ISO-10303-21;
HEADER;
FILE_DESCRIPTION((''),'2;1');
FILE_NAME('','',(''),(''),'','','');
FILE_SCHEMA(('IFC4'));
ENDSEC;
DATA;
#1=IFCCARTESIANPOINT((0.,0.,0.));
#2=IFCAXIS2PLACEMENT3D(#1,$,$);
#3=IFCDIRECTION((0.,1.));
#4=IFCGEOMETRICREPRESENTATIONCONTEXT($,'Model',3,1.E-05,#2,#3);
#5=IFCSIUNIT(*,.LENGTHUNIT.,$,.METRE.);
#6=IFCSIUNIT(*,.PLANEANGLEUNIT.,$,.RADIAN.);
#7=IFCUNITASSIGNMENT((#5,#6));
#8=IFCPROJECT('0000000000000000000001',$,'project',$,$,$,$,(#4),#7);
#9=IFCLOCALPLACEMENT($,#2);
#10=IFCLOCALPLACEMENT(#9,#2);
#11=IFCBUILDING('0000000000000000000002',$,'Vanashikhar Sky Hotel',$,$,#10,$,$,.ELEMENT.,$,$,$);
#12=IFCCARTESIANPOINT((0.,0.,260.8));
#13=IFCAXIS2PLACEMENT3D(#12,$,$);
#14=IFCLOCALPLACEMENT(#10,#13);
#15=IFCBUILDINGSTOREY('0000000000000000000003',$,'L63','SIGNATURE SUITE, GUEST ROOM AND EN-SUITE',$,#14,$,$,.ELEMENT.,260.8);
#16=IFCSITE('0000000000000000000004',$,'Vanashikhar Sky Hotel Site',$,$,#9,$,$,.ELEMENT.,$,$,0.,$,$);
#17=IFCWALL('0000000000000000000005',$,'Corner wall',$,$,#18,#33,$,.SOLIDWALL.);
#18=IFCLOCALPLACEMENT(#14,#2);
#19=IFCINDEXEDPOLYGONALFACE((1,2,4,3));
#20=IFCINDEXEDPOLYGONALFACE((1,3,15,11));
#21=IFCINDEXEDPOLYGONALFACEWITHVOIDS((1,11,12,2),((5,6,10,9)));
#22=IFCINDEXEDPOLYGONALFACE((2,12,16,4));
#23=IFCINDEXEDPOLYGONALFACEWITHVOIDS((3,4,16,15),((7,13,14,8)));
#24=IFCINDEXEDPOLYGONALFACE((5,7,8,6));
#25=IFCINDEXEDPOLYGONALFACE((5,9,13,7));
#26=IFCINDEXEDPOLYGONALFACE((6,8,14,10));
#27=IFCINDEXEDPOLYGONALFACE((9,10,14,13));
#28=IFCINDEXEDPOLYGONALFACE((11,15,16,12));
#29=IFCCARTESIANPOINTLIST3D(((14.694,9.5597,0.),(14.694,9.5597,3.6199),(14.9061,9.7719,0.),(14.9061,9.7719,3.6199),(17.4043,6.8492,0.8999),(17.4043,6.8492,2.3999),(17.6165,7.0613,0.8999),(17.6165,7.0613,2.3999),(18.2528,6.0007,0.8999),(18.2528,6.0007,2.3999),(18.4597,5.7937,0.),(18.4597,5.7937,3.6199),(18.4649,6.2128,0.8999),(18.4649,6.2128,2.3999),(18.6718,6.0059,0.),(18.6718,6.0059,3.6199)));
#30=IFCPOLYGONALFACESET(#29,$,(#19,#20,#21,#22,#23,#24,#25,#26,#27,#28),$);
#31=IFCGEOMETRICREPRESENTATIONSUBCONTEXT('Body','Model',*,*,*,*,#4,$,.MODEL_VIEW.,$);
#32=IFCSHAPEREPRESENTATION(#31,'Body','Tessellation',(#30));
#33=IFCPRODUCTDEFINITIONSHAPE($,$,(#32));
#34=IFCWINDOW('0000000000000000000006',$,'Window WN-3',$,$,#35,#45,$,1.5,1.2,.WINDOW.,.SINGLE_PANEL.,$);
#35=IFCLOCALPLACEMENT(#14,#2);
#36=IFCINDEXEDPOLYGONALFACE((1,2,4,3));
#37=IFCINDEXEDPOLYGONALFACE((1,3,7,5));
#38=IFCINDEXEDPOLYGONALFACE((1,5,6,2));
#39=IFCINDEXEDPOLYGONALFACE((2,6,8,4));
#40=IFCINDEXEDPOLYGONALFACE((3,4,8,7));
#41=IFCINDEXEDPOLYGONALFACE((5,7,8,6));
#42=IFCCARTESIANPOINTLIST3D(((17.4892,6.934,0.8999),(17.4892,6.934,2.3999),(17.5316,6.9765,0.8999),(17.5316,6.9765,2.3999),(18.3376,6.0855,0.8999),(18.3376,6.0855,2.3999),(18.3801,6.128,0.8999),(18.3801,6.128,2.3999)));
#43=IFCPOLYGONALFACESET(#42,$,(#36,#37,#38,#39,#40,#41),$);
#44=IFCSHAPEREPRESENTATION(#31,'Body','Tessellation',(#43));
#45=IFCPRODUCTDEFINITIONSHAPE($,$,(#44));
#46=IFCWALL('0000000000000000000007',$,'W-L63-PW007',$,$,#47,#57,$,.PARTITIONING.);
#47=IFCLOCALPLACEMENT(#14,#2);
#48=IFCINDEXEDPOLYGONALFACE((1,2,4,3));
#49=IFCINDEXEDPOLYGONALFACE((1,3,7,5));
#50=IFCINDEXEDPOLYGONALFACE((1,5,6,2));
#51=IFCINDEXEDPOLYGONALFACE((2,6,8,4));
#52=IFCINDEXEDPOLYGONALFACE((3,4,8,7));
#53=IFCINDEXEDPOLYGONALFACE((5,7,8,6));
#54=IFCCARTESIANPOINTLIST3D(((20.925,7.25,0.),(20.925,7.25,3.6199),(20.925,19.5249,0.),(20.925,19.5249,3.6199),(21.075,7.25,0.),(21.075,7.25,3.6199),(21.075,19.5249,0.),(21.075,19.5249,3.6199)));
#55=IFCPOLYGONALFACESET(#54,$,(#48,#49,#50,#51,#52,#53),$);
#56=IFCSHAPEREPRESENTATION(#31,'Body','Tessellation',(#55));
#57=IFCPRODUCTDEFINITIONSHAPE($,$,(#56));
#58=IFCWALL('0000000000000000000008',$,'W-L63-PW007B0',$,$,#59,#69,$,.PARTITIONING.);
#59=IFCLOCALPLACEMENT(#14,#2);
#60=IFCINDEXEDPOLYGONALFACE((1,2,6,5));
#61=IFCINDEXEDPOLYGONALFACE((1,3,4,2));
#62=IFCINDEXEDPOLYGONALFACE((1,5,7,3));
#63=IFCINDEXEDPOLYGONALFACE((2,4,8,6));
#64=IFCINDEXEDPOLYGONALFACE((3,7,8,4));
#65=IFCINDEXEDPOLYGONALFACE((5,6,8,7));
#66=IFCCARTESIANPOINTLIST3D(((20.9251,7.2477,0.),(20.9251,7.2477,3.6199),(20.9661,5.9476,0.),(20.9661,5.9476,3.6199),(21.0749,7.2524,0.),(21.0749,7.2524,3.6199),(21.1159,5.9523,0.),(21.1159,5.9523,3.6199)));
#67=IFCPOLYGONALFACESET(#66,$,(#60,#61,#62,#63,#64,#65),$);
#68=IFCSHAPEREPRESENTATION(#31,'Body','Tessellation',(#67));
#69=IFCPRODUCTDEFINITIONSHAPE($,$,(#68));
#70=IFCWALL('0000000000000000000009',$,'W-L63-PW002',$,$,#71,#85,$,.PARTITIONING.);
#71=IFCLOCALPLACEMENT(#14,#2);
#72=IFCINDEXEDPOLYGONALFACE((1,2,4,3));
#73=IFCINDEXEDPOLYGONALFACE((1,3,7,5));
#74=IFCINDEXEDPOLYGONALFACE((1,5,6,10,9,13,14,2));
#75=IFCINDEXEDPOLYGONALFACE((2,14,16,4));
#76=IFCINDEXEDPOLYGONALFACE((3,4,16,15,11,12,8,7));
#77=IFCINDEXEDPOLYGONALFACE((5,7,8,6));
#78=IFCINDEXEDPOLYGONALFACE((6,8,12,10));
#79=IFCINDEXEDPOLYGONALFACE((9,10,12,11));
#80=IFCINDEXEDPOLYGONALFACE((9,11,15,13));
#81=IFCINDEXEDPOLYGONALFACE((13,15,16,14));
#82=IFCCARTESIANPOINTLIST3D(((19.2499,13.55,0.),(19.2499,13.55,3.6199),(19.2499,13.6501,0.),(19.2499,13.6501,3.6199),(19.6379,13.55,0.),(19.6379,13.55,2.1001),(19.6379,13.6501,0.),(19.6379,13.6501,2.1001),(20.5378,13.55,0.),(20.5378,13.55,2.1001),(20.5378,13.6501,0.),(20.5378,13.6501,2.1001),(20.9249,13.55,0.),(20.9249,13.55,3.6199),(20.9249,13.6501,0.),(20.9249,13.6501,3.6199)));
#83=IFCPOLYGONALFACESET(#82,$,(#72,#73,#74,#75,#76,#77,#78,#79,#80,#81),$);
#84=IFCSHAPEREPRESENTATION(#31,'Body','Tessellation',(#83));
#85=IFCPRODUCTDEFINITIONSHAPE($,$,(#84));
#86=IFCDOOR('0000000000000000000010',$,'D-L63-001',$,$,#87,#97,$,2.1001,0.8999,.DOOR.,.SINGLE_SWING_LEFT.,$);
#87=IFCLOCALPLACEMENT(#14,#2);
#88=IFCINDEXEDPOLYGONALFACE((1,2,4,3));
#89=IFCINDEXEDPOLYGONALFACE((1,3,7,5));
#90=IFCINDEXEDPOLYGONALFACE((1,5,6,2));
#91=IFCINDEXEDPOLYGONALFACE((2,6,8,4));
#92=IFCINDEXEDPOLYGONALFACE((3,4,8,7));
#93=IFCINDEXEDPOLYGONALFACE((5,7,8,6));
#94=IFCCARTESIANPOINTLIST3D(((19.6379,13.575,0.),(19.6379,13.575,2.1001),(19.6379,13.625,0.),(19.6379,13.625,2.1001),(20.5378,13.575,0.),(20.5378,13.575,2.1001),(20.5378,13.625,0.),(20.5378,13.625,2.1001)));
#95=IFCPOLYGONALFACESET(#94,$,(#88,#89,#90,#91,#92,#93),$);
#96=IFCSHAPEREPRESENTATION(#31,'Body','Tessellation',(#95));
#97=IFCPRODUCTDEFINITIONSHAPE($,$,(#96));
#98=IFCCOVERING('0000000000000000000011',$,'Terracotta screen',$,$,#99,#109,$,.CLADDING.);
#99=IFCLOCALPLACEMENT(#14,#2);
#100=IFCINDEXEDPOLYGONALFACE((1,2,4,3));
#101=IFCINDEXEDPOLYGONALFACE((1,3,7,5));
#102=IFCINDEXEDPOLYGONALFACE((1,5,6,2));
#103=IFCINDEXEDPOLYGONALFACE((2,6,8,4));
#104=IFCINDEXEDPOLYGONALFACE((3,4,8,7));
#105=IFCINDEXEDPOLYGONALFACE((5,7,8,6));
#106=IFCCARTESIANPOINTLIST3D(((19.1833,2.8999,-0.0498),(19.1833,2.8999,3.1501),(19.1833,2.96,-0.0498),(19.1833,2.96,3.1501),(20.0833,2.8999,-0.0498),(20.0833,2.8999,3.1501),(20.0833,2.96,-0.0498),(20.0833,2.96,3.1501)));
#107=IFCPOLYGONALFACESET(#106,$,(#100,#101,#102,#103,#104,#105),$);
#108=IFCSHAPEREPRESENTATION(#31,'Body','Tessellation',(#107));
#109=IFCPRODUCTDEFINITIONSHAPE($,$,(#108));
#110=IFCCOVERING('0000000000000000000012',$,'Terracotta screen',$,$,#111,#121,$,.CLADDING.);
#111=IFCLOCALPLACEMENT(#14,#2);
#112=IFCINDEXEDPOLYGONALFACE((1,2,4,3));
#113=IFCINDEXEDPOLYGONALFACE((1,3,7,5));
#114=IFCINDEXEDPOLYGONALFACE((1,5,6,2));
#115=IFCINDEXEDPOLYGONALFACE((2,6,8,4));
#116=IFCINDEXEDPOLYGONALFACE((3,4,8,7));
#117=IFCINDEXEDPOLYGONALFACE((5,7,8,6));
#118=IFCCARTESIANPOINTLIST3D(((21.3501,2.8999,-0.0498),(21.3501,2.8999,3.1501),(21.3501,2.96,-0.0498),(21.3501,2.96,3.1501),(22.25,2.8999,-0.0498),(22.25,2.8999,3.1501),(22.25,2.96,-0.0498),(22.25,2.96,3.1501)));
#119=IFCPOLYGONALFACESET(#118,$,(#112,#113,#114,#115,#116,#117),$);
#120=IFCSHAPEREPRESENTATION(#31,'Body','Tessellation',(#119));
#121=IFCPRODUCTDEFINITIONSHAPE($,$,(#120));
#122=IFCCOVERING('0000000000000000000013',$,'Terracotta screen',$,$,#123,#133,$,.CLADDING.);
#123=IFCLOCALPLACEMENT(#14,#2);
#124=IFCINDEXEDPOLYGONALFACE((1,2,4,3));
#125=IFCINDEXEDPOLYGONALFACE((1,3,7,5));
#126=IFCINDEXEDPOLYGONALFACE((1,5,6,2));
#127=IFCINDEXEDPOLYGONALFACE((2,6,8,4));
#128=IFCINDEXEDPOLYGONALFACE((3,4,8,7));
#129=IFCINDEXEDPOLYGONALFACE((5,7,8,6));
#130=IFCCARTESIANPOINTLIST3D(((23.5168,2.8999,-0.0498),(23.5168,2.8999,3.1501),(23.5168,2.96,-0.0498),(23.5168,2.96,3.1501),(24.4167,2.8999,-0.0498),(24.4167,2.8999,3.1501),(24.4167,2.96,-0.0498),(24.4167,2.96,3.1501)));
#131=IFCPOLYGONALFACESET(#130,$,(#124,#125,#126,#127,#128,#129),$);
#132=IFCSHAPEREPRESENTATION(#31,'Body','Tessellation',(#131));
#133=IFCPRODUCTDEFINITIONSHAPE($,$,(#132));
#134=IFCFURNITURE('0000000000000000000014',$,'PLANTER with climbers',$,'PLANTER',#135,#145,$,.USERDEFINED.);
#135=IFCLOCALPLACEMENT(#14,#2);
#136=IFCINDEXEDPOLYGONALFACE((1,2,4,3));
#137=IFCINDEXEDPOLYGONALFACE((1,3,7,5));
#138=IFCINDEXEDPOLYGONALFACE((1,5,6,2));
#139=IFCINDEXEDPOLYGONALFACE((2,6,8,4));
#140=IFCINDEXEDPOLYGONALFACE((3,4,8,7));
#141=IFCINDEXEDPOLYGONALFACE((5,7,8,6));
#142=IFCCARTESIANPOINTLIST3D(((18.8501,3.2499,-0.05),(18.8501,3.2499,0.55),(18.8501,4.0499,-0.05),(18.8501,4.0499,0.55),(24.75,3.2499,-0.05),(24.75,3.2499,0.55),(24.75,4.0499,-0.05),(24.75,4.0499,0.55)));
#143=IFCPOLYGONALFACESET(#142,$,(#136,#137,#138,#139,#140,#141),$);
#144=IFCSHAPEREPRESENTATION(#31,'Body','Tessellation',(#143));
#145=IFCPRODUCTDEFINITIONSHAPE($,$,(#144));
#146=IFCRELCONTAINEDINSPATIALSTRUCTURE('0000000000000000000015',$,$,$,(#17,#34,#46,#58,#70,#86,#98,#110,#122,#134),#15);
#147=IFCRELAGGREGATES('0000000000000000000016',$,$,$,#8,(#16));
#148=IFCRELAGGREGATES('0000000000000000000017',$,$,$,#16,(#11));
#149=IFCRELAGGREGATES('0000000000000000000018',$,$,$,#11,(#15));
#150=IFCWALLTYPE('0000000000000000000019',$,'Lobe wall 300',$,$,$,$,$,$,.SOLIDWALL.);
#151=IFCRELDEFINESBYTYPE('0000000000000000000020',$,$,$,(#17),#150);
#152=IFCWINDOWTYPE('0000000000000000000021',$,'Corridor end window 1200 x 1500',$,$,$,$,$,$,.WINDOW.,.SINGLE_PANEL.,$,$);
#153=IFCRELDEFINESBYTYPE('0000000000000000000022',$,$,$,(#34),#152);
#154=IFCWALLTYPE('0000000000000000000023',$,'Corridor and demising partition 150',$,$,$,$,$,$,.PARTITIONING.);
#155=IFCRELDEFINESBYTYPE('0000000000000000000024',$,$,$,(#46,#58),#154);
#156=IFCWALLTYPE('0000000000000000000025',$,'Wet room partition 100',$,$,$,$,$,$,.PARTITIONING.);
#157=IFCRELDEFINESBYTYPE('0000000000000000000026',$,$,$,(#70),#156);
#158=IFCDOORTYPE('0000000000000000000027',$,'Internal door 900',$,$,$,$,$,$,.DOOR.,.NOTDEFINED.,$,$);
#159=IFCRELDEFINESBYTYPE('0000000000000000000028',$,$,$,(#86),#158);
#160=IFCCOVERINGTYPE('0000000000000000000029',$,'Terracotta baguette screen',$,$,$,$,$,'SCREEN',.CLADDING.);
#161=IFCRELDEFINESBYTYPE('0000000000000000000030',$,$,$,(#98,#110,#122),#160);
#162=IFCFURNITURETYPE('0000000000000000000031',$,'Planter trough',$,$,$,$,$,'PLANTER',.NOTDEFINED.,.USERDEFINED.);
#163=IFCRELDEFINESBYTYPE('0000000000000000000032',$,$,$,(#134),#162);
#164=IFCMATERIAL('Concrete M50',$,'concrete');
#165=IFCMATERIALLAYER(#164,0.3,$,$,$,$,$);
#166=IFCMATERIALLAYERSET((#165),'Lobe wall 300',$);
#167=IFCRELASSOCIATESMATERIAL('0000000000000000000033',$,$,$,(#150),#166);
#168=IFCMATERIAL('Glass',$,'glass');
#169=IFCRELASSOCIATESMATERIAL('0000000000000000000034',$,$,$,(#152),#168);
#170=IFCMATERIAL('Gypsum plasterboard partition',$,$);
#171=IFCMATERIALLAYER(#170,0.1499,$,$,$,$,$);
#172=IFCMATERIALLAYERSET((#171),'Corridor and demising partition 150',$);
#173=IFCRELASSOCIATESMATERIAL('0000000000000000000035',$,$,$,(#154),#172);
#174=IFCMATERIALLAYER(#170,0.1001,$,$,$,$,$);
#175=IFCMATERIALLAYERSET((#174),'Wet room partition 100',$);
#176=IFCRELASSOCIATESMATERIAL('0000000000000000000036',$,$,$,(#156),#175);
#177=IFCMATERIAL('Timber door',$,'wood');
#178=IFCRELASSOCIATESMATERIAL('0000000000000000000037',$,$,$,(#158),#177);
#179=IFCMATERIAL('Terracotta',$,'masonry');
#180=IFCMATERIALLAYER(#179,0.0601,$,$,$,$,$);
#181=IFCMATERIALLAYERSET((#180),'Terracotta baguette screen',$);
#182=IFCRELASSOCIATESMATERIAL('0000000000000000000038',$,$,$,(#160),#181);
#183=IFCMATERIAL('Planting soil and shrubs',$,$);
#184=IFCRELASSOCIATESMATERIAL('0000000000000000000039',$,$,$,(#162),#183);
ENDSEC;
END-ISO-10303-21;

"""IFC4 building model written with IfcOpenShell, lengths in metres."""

from ifc_helpers import new_model, si_unit, direction, frame, frame_2d, origin, origin_2d, place, context, subcontext, project, spatial, rectangle, extrude, source, transform, mapped, material, layer, layer_set, type_object, element, fill, save


model = new_model("IFC4")

# Units and contexts
model_context = context("Model", 3, precision=1e-05, world=origin(), true_north=direction((0.0, 1.0)))
body_context = subcontext(model_context, "Body", "Model", "MODEL_VIEW")
ifc_project = project(units=[si_unit("LENGTHUNIT", "METRE"), si_unit("PLANEANGLEUNIT", "RADIAN")], contexts=[model_context])

# Site, building, storey
site_placement = place(None, origin())
site = spatial("IfcSite", under=ifc_project, at=site_placement, Name="Vanashikhar Sky Hotel Site", CompositionType="ELEMENT", RefElevation=0.0)
building_placement = place(site_placement, origin())
building = spatial("IfcBuilding", under=site, at=building_placement, Name="Vanashikhar Sky Hotel", CompositionType="ELEMENT")
storey_placement = place(building_placement, frame((0.0, 0.0, 260.8)))
storey = spatial("IfcBuildingStorey", under=building, at=storey_placement, Name="L63", Description="SIGNATURE SUITE, GUEST ROOM AND EN-SUITE", CompositionType="ELEMENT", Elevation=260.8)

# Shared definitions
ifc_material_1 = material(Name="Concrete M50", Category="concrete")

# Shared definitions
ifc_material_2 = material(Name="Glass", Category="glass")

# Wall, opening, window
ifc_layer_1 = layer(ifc_material_1, 0.3)
ifc_layer_set_1 = layer_set([ifc_layer_1], Name="Lobe wall 300")
wall_type_1 = type_object("IfcWallType", Name="Lobe wall 300", PredefinedType="SOLIDWALL", material=ifc_layer_set_1)
shared_shape_1 = source(origin(), body_context, "Body", "SweptSolid", [
    extrude(rectangle(XDim=5.3257, YDim=0.3, at=frame_2d((2.6628, 0.0))), origin(), (0.0, 0.0, 1.0), 3.6199),
])
wall_1_placement = place(storey_placement, frame((14.8, 9.6658, 0.0), z_axis=(0.0, 0.0, 1.0), x_axis=(0.707084, -0.70713, 0.0)))
wall_1 = element("IfcWall", 1, at=wall_1_placement, inside=storey, type_object=wall_type_1, Name="Corner wall", PredefinedType="SOLIDWALL", context=body_context, shape_type="MappedRepresentation", body=[
    mapped(shared_shape_1, transform((0.0, 0.0, 0.0), scale=1.0)),
])
shared_shape_2 = source(origin(), body_context, "Body", "SweptSolid", [
    extrude(rectangle(XDim=1.2, YDim=1.5, at=frame_2d((0.6001, 0.75))), frame((0.0, 0.1602, 0.0), z_axis=(0.0, -1.0, 0.0), x_axis=(1.0, 0.0, 0.0)), (0.0, 0.0, 1.0), 0.3201),
])
opening_1_placement = place(wall_1_placement, frame((3.833, 0.0, 0.8999)))
opening_1 = element("IfcOpeningElement", 2, at=opening_1_placement, cuts=wall_1, PredefinedType="OPENING", context=body_context, shape_type="MappedRepresentation", body=[
    mapped(shared_shape_2, transform((0.0, 0.0, 0.0), scale=1.0)),
])
window_type_1 = type_object("IfcWindowType", Name="Corridor end window 1200 x 1500", PartitioningType="SINGLE_PANEL", PredefinedType="WINDOW", material=ifc_material_2)
shared_shape_3 = source(origin(), body_context, "Body", "SweptSolid", [
    extrude(rectangle(XDim=1.2, YDim=1.5, at=frame_2d((0.6001, 0.75))), frame((0.0, 0.03, 0.0), z_axis=(0.0, -1.0, 0.0), x_axis=(1.0, 0.0, 0.0)), (0.0, 0.0, 1.0), 0.0601),
])
window_1_placement = place(opening_1_placement, origin())
window_1 = element("IfcWindow", 3, at=window_1_placement, inside=storey, type_object=window_type_1, Name="Window WN-3", OverallHeight=1.5, OverallWidth=1.2, PartitioningType="SINGLE_PANEL", PredefinedType="WINDOW", context=body_context, shape_type="MappedRepresentation", body=[
    mapped(shared_shape_3, transform((0.0, 0.0, 0.0), scale=1.0)),
])
fill(opening_1, window_1)

# Walls
ifc_material_3 = material(Name="Gypsum plasterboard partition")
ifc_layer_2 = layer(ifc_material_3, 0.1499)
ifc_layer_set_2 = layer_set([ifc_layer_2], Name="Corridor and demising partition 150")
wall_type_2 = type_object("IfcWallType", Name="Corridor and demising partition 150", PredefinedType="PARTITIONING", material=ifc_layer_set_2)
shared_shape_4 = source(origin(), body_context, "Body", "SweptSolid", [
    extrude(rectangle(XDim=12.2749, YDim=0.1499, at=frame_2d((6.1375, 0.0))), origin(), (0.0, 0.0, 1.0), 3.6199),
])
wall_2_placement = place(storey_placement, frame((21.0, 7.25, 0.0), z_axis=(0.0, 0.0, 1.0), x_axis=(0.0, 1.0, 0.0)))
element("IfcWall", 4, at=wall_2_placement, inside=storey, type_object=wall_type_2, Name="W-L63-PW007", PredefinedType="PARTITIONING", context=body_context, shape_type="MappedRepresentation", body=[
    mapped(shared_shape_4, transform((0.0, 0.0, 0.0), scale=1.0)),
])
shared_shape_5 = source(origin(), body_context, "Body", "SweptSolid", [
    extrude(rectangle(XDim=1.3008, YDim=0.1499, at=frame_2d((0.6504, 0.0))), origin(), (0.0, 0.0, 1.0), 3.6199),
])
wall_3_placement = place(storey_placement, frame((21.041, 5.95, 0.0), z_axis=(0.0, 0.0, 1.0), x_axis=(-0.031534, 0.999503, 0.0)))
element("IfcWall", 5, at=wall_3_placement, inside=storey, type_object=wall_type_2, Name="W-L63-PW007B0", PredefinedType="PARTITIONING", context=body_context, shape_type="MappedRepresentation", body=[
    mapped(shared_shape_5, transform((0.0, 0.0, 0.0), scale=1.0)),
])

# Wall, opening, door
ifc_layer_3 = layer(ifc_material_3, 0.1001)
ifc_layer_set_3 = layer_set([ifc_layer_3], Name="Wet room partition 100")
wall_type_3 = type_object("IfcWallType", Name="Wet room partition 100", PredefinedType="PARTITIONING", material=ifc_layer_set_3)
shared_shape_6 = source(origin(), body_context, "Body", "SweptSolid", [
    extrude(rectangle(XDim=1.675, YDim=0.1001, at=frame_2d((0.8374, 0.0))), origin(), (0.0, 0.0, 1.0), 3.6199),
])
wall_4_placement = place(storey_placement, frame((19.25, 13.6001, 0.0), z_axis=(0.0, 0.0, 1.0), x_axis=(1.0, 0.0, 0.0)))
wall_4 = element("IfcWall", 6, at=wall_4_placement, inside=storey, type_object=wall_type_3, Name="W-L63-PW002", PredefinedType="PARTITIONING", context=body_context, shape_type="MappedRepresentation", body=[
    mapped(shared_shape_6, transform((0.0, 0.0, 0.0), scale=1.0)),
])
shared_shape_7 = source(origin(), body_context, "Body", "SweptSolid", [
    extrude(rectangle(XDim=0.8999, YDim=2.1001, at=frame_2d((0.45, 1.05))), frame((0.0, 0.0601, 0.0), z_axis=(0.0, -1.0, 0.0), x_axis=(1.0, 0.0, 0.0)), (0.0, 0.0, 1.0), 0.1201),
])
opening_2_placement = place(wall_4_placement, frame((0.3879, 0.0, 0.0)))
opening_2 = element("IfcOpeningElement", 7, at=opening_2_placement, cuts=wall_4, PredefinedType="OPENING", context=body_context, shape_type="MappedRepresentation", body=[
    mapped(shared_shape_7, transform((0.0, 0.0, 0.0), scale=1.0)),
])
ifc_material_4 = material(Name="Timber door", Category="wood")
door_type_1 = type_object("IfcDoorType", Name="Internal door 900", OperationType="NOTDEFINED", PredefinedType="DOOR", material=ifc_material_4)
shared_shape_8 = source(origin(), body_context, "Body", "SweptSolid", [
    extrude(rectangle(XDim=0.8999, YDim=2.1001, at=frame_2d((0.45, 1.05))), frame((0.0, 0.0249, 0.0), z_axis=(0.0, -1.0, 0.0), x_axis=(1.0, 0.0, 0.0)), (0.0, 0.0, 1.0), 0.05),
])
door_1_placement = place(opening_2_placement, origin())
door_1 = element("IfcDoor", 8, at=door_1_placement, inside=storey, type_object=door_type_1, Name="D-L63-001", OperationType="SINGLE_SWING_LEFT", OverallHeight=2.1001, OverallWidth=0.8999, PredefinedType="DOOR", context=body_context, shape_type="MappedRepresentation", body=[
    mapped(shared_shape_8, transform((0.0, 0.0, 0.0), scale=1.0)),
])
fill(opening_2, door_1)

# Coverings
ifc_material_5 = material(Name="Terracotta", Category="masonry")
ifc_layer_4 = layer(ifc_material_5, 0.0601)
ifc_layer_set_4 = layer_set([ifc_layer_4], Name="Terracotta baguette screen")
covering_type = type_object("IfcCoveringType", Name="Terracotta baguette screen", ElementType="SCREEN", PredefinedType="CLADDING", material=ifc_layer_set_4)
shared_shape_9 = source(origin(), body_context, "Body", "SweptSolid", [
    extrude(rectangle(XDim=0.8999, YDim=0.0601, at=origin_2d()), origin(), (0.0, 0.0, 1.0), 3.2),
])
for number, where, z_axis, x_axis, name in (
    (9, (19.6333, 2.9299, -0.0498), (0.0, 0.0, 1.0), (1.0, 0.0, 0.0), "Terracotta screen"),
    (10, (21.8, 2.9299, -0.0498), (0.0, 0.0, 1.0), (1.0, 0.0, 0.0), "Terracotta screen"),
    (11, (23.9668, 2.9299, -0.0498), (0.0, 0.0, 1.0), (1.0, 0.0, 0.0), "Terracotta screen"),
):
    element("IfcCovering", number, at=place(storey_placement, frame(where, z_axis=z_axis, x_axis=x_axis)), inside=storey, type_object=covering_type, Name=name, PredefinedType="CLADDING", context=body_context, shape_type="MappedRepresentation", body=[
        mapped(shared_shape_9, transform((0.0, 0.0, 0.0), scale=1.0)),
    ])

# Furniture
ifc_material_6 = material(Name="Planting soil and shrubs")
furniture_type = type_object("IfcFurnitureType", Name="Planter trough", ElementType="PLANTER", AssemblyPlace="NOTDEFINED", PredefinedType="USERDEFINED", material=ifc_material_6)
shared_shape_10 = source(origin(), body_context, "Body", "SweptSolid", [
    extrude(rectangle(XDim=5.8999, YDim=0.8, at=origin_2d()), origin(), (0.0, 0.0, 1.0), 0.6001),
])
furniture_placement = place(storey_placement, frame((21.8, 3.6499, -0.05), z_axis=(0.0, 0.0, 1.0), x_axis=(1.0, 0.0, 0.0)))
element("IfcFurniture", 12, at=furniture_placement, inside=storey, type_object=furniture_type, Name="PLANTER with climbers", ObjectType="PLANTER", PredefinedType="USERDEFINED", context=body_context, shape_type="MappedRepresentation", body=[
    mapped(shared_shape_10, transform((0.0, 0.0, 0.0), scale=1.0)),
])

save(model, "model.ifc")
